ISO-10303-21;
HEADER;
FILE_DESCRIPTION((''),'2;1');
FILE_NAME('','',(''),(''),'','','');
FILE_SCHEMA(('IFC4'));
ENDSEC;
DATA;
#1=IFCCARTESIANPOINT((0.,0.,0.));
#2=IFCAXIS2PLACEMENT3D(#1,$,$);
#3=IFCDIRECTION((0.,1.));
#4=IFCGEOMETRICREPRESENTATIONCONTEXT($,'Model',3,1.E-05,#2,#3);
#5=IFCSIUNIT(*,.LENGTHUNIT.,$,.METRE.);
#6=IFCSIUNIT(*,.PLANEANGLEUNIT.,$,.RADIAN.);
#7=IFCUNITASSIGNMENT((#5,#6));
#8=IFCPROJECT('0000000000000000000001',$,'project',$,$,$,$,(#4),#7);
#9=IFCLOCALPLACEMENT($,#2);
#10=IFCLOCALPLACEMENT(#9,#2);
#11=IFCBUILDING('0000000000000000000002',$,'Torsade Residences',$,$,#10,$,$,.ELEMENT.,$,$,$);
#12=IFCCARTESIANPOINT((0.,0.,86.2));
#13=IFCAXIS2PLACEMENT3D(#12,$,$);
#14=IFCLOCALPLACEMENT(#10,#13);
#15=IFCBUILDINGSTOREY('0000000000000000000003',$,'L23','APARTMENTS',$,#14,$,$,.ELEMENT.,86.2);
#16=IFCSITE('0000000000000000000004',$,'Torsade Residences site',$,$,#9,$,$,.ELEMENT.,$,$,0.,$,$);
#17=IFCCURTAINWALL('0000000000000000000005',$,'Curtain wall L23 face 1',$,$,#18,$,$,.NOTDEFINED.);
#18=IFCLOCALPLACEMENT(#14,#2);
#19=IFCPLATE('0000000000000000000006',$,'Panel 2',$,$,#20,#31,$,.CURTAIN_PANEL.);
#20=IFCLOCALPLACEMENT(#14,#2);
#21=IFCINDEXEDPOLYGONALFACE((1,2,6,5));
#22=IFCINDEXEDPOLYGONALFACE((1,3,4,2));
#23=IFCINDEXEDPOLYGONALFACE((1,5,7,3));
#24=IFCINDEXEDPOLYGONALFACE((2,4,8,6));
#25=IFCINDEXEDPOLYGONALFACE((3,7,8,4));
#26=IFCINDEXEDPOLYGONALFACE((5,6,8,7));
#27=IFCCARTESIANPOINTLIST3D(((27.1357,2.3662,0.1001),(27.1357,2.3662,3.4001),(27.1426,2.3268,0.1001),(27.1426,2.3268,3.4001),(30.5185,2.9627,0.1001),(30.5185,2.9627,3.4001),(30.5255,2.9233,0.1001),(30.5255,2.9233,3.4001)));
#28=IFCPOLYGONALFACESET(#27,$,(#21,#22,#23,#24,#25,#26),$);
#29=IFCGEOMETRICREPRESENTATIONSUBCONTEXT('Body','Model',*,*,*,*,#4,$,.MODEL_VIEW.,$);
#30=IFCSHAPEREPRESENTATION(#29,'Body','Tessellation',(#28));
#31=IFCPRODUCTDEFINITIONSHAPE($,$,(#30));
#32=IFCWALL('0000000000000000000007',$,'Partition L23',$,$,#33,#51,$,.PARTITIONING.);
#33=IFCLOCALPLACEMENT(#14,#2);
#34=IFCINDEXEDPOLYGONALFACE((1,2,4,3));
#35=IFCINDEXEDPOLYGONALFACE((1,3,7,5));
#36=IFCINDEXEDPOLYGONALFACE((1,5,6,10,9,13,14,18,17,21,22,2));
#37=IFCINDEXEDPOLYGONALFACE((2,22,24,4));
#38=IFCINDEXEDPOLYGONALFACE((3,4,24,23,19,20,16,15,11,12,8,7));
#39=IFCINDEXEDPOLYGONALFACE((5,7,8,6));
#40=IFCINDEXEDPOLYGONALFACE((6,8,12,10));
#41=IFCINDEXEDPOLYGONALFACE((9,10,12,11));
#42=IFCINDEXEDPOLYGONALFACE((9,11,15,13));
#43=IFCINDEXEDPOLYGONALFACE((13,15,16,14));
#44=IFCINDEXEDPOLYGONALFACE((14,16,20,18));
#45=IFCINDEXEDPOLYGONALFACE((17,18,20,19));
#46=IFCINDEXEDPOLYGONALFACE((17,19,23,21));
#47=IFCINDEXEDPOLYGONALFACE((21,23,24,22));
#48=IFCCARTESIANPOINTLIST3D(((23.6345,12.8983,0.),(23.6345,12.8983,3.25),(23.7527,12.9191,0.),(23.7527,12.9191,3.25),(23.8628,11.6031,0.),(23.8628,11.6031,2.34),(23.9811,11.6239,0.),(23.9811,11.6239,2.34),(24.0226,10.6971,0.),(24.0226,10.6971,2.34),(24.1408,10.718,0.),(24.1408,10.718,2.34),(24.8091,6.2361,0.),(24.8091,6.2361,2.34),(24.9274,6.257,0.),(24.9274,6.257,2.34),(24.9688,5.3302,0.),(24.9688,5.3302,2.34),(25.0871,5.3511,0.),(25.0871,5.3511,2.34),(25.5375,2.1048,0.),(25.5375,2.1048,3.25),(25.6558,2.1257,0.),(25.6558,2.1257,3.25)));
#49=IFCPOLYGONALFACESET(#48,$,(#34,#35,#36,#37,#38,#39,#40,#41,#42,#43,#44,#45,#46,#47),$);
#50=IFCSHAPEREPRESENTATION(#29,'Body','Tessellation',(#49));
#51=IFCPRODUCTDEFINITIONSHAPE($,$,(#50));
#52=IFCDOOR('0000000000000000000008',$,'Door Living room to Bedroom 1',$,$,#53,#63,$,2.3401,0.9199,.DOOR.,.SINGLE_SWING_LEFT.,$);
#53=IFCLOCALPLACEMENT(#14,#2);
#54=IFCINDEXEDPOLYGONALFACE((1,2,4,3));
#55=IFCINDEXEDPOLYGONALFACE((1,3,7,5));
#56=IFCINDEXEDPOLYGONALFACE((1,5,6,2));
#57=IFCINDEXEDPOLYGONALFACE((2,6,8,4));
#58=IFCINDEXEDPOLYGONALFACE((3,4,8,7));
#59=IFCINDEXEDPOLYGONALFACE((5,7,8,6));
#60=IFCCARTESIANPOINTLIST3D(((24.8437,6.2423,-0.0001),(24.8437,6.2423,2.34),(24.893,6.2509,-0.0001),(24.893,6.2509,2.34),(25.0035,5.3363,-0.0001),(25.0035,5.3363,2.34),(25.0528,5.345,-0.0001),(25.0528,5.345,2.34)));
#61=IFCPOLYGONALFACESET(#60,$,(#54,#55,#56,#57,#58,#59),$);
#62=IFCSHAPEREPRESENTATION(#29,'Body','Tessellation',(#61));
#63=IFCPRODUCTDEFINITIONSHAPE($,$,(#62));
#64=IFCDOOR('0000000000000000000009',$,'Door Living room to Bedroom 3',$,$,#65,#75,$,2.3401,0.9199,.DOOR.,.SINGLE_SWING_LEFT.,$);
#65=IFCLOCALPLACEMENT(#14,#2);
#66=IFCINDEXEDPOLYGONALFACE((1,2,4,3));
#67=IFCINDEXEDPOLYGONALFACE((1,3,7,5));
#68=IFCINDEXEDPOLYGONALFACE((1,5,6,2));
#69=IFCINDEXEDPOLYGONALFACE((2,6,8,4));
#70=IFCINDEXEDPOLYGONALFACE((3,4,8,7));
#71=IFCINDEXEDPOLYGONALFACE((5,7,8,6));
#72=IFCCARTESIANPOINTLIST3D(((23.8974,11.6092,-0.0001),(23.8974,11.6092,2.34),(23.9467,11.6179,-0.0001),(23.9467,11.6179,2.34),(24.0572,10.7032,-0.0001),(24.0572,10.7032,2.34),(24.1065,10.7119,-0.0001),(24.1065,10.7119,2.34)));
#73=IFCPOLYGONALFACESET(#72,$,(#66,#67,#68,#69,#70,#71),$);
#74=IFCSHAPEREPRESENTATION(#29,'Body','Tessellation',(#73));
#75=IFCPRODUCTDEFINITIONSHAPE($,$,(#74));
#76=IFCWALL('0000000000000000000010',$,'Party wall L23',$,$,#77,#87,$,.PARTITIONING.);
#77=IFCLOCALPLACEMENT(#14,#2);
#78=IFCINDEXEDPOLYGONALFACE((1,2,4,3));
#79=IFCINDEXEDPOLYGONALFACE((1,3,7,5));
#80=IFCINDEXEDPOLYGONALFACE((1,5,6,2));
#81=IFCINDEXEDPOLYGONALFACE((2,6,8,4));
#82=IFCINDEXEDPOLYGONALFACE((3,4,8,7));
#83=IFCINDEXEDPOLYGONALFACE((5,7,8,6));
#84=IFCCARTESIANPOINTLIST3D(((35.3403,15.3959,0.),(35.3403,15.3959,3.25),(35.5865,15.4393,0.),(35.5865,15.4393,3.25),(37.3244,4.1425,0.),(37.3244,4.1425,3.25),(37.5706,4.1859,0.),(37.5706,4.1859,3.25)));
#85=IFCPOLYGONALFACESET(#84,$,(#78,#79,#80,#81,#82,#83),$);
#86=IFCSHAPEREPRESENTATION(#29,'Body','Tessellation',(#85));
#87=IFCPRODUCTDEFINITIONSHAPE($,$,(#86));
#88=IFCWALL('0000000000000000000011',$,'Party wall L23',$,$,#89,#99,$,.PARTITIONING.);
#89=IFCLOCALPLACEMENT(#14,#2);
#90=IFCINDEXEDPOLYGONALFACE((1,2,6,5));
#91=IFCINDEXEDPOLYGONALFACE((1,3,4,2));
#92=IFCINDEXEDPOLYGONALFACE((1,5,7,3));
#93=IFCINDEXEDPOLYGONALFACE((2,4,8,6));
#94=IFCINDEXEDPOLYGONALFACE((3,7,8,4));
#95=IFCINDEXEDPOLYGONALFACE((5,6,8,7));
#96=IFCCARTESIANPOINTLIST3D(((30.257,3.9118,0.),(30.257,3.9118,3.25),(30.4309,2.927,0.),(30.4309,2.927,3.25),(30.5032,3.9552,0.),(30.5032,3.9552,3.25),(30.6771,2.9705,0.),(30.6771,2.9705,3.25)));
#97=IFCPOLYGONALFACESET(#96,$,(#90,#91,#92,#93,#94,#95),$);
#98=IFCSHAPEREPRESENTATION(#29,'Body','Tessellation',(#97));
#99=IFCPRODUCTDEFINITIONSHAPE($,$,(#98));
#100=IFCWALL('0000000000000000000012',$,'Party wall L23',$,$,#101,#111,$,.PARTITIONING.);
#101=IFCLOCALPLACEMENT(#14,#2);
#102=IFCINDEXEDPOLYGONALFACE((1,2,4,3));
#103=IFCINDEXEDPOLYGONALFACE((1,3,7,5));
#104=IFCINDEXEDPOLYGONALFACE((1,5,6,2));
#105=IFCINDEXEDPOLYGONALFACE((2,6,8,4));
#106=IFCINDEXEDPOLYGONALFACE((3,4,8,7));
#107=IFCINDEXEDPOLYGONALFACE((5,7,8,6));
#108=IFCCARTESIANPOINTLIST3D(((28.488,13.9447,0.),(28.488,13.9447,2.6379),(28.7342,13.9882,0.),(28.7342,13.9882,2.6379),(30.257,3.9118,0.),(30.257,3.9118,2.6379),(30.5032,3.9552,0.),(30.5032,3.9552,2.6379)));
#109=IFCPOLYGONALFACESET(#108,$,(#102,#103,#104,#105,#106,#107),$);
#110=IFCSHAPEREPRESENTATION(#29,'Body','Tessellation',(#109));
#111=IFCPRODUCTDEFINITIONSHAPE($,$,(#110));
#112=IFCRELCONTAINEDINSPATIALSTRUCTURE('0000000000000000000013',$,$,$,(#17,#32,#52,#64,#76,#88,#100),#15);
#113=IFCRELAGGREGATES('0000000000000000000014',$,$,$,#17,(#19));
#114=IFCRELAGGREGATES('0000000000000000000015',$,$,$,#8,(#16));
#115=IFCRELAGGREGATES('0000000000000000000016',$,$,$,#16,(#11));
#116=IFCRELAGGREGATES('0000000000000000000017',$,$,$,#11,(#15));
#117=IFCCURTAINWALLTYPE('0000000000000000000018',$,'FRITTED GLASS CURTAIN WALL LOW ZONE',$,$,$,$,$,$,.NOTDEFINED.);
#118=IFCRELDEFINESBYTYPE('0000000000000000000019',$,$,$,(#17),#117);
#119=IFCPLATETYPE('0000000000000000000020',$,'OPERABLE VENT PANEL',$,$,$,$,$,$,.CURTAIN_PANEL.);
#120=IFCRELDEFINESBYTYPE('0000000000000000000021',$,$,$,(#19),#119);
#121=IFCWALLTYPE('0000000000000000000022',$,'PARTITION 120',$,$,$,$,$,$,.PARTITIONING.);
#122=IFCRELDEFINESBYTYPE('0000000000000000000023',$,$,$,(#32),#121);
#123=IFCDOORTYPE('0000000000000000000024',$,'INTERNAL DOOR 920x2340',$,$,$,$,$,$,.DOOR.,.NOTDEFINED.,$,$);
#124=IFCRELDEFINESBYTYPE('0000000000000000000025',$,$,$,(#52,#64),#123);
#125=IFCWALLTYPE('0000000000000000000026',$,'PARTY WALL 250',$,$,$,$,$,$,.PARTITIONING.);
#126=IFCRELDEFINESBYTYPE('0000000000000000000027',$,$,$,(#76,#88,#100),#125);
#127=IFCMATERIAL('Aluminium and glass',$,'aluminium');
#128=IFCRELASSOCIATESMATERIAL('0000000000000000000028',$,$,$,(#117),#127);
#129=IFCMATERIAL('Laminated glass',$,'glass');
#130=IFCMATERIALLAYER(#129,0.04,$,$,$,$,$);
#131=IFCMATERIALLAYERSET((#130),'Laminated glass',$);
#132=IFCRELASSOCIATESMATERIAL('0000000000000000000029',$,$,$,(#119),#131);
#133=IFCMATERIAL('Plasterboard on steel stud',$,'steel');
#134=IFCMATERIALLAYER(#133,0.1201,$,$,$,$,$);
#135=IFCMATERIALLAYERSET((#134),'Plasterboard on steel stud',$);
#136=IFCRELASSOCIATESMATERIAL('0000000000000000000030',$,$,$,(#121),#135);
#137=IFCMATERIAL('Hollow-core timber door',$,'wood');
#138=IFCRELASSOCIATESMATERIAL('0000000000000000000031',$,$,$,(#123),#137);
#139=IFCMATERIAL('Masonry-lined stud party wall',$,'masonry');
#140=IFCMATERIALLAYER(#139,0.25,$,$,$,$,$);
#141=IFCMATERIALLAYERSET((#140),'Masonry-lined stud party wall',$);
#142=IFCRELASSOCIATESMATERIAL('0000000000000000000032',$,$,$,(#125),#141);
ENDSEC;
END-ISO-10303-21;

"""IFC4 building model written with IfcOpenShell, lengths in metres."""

from ifc_helpers import new_model, si_unit, direction, frame, frame_2d, origin, origin_2d, place, context, subcontext, project, spatial, rectangle, extrude, material, layer, layer_set, type_object, element, fill, aggregate, save


model = new_model("IFC4")

# Units and contexts
model_context = context("Model", 3, precision=1e-05, world=origin(), true_north=direction((0.0, 1.0)))
body_context = subcontext(model_context, "Body", "Model", "MODEL_VIEW")
ifc_project = project(units=[si_unit("LENGTHUNIT", "METRE"), si_unit("PLANEANGLEUNIT", "RADIAN")], contexts=[model_context])

# Site, building, storey
site_placement = place(None, origin())
site = spatial("IfcSite", under=ifc_project, at=site_placement, Name="Torsade Residences site", CompositionType="ELEMENT", RefElevation=0.0)
building_placement = place(site_placement, origin())
building = spatial("IfcBuilding", under=site, at=building_placement, Name="Torsade Residences", CompositionType="ELEMENT")
storey_placement = place(building_placement, frame((0.0, 0.0, 86.2)))
storey = spatial("IfcBuildingStorey", under=building, at=storey_placement, Name="L23", Description="APARTMENTS", CompositionType="ELEMENT", Elevation=86.2)

# Curtain wall
ifc_material_1 = material(Name="Aluminium and glass", Category="aluminium")
curtain_wall_type = type_object("IfcCurtainWallType", Name="FRITTED GLASS CURTAIN WALL LOW ZONE", PredefinedType="NOTDEFINED", material=ifc_material_1)
curtain_wall_placement = place(storey_placement, origin())
curtain_wall = element("IfcCurtainWall", 1, at=curtain_wall_placement, inside=storey, type_object=curtain_wall_type, Name="Curtain wall L23 face 1", PredefinedType="NOTDEFINED")

# Plate
ifc_material_2 = material(Name="Laminated glass", Category="glass")
ifc_layer_1 = layer(ifc_material_2, 0.04)
ifc_layer_set_1 = layer_set([ifc_layer_1], Name="Laminated glass")
plate_type_1 = type_object("IfcPlateType", Name="OPERABLE VENT PANEL", PredefinedType="CURTAIN_PANEL", material=ifc_layer_set_1)
plate_1_placement = place(storey_placement, frame((28.8306, 2.6448, 0.1001), z_axis=(0.0, 0.0, 1.0), x_axis=(0.984808, 0.173648, 0.0)))
plate_1 = element("IfcPlate", 2, at=plate_1_placement, type_object=plate_type_1, Name="Panel 2", PredefinedType="CURTAIN_PANEL", context=body_context, shape_type="SweptSolid", body=[
    extrude(rectangle(XDim=3.4351, YDim=0.04, at=origin_2d()), origin(), (0.0, 0.0, 1.0), 3.3),
])
aggregate(curtain_wall, [plate_1])

# Wall, openings, doors
ifc_material_3 = material(Name="Plasterboard on steel stud", Category="steel")
ifc_layer_2 = layer(ifc_material_3, 0.1201)
ifc_layer_set_2 = layer_set([ifc_layer_2], Name="Plasterboard on steel stud")
wall_type_1 = type_object("IfcWallType", Name="PARTITION 120", PredefinedType="PARTITIONING", material=ifc_layer_set_2)
wall_1_placement = place(storey_placement, frame((25.5967, 2.1152, 0.0), z_axis=(0.0, 0.0, 1.0), x_axis=(-0.173639, 0.984809, 0.0)))
wall_1 = element("IfcWall", 3, at=wall_1_placement, inside=storey, type_object=wall_type_1, Name="Partition L23", PredefinedType="PARTITIONING", context=body_context, shape_type="SweptSolid", body=[
    extrude(rectangle(XDim=10.96, YDim=0.1201, at=frame_2d((5.48, 0.0))), origin(), (0.0, 0.0, 1.0), 3.25),
])
opening_1_placement = place(wall_1_placement, frame((3.2751, 0.0, 0.0)))
opening_1 = element("IfcOpeningElement", 4, at=opening_1_placement, cuts=wall_1, PredefinedType="OPENING", context=body_context, shape_type="SweptSolid", body=[
    extrude(rectangle(XDim=0.9199, YDim=2.3401, at=frame_2d((0.46, 1.1699))), frame((0.0, 0.0701, 0.0), z_axis=(0.0, -1.0, 0.0), x_axis=(1.0, 0.0, 0.0)), (0.0, 0.0, 1.0), 0.1401),
])
opening_2_placement = place(wall_1_placement, frame((8.7249, 0.0, 0.0)))
opening_2 = element("IfcOpeningElement", 5, at=opening_2_placement, cuts=wall_1, PredefinedType="OPENING", context=body_context, shape_type="SweptSolid", body=[
    extrude(rectangle(XDim=0.9199, YDim=2.3401, at=frame_2d((0.46, 1.1699))), frame((0.0, 0.0701, 0.0), z_axis=(0.0, -1.0, 0.0), x_axis=(1.0, 0.0, 0.0)), (0.0, 0.0, 1.0), 0.1401),
])
ifc_material_4 = material(Name="Hollow-core timber door", Category="wood")
door_type = type_object("IfcDoorType", Name="INTERNAL DOOR 920x2340", OperationType="NOTDEFINED", PredefinedType="DOOR", material=ifc_material_4)
door_1_placement = place(opening_1_placement, origin())
door_1 = element("IfcDoor", 6, at=door_1_placement, inside=storey, type_object=door_type, Name="Door Living room to Bedroom 1", OperationType="SINGLE_SWING_LEFT", OverallHeight=2.3401, OverallWidth=0.9199, PredefinedType="DOOR", context=body_context, shape_type="SweptSolid", body=[
    extrude(rectangle(XDim=0.9199, YDim=2.3401, at=frame_2d((0.46, 1.1699))), frame((0.0, 0.0249, 0.0), z_axis=(0.0, -1.0, 0.0), x_axis=(1.0, 0.0, 0.0)), (0.0, 0.0, 1.0), 0.05),
])
fill(opening_1, door_1)
door_2_placement = place(opening_2_placement, origin())
door_2 = element("IfcDoor", 7, at=door_2_placement, inside=storey, type_object=door_type, Name="Door Living room to Bedroom 3", OperationType="SINGLE_SWING_LEFT", OverallHeight=2.3401, OverallWidth=0.9199, PredefinedType="DOOR", context=body_context, shape_type="SweptSolid", body=[
    extrude(rectangle(XDim=0.9199, YDim=2.3401, at=frame_2d((0.46, 1.1699))), frame((0.0, 0.0249, 0.0), z_axis=(0.0, -1.0, 0.0), x_axis=(1.0, 0.0, 0.0)), (0.0, 0.0, 1.0), 0.05),
])
fill(opening_2, door_2)

# Walls
ifc_material_5 = material(Name="Masonry-lined stud party wall", Category="masonry")
ifc_layer_3 = layer(ifc_material_5, 0.25)
ifc_layer_set_3 = layer_set([ifc_layer_3], Name="Masonry-lined stud party wall")
wall_type_2 = type_object("IfcWallType", Name="PARTY WALL 250", PredefinedType="PARTITIONING", material=ifc_layer_set_3)
wall_2_placement = place(storey_placement, frame((37.4475, 4.1643, 0.0), z_axis=(0.0, 0.0, 1.0), x_axis=(-0.173635, 0.98481, 0.0)))
element("IfcWall", 8, at=wall_2_placement, inside=storey, type_object=wall_type_2, Name="Party wall L23", PredefinedType="PARTITIONING", context=body_context, shape_type="SweptSolid", body=[
    extrude(rectangle(XDim=11.427, YDim=0.25, at=frame_2d((5.7134, 0.0))), origin(), (0.0, 0.0, 1.0), 3.25),
])
wall_3_placement = place(storey_placement, frame((30.554, 2.9487, 0.0), z_axis=(0.0, 0.0, 1.0), x_axis=(-0.173813, 0.984779, 0.0)))
element("IfcWall", 9, at=wall_3_placement, inside=storey, type_object=wall_type_2, Name="Party wall L23", PredefinedType="PARTITIONING", context=body_context, shape_type="SweptSolid", body=[
    extrude(rectangle(XDim=1.0, YDim=0.25, at=frame_2d((0.5, 0.0))), origin(), (0.0, 0.0, 1.0), 3.25),
])
wall_4_placement = place(storey_placement, frame((30.3801, 3.9336, 0.0), z_axis=(0.0, 0.0, 1.0), x_axis=(-0.173645, 0.984808, 0.0)))
element("IfcWall", 10, at=wall_4_placement, inside=storey, type_object=wall_type_2, Name="Party wall L23", PredefinedType="PARTITIONING", context=body_context, shape_type="SweptSolid", body=[
    extrude(rectangle(XDim=10.1877, YDim=0.25, at=frame_2d((5.0938, 0.0))), origin(), (0.0, 0.0, 1.0), 2.6379),
])

save(model, "model.ifc")
